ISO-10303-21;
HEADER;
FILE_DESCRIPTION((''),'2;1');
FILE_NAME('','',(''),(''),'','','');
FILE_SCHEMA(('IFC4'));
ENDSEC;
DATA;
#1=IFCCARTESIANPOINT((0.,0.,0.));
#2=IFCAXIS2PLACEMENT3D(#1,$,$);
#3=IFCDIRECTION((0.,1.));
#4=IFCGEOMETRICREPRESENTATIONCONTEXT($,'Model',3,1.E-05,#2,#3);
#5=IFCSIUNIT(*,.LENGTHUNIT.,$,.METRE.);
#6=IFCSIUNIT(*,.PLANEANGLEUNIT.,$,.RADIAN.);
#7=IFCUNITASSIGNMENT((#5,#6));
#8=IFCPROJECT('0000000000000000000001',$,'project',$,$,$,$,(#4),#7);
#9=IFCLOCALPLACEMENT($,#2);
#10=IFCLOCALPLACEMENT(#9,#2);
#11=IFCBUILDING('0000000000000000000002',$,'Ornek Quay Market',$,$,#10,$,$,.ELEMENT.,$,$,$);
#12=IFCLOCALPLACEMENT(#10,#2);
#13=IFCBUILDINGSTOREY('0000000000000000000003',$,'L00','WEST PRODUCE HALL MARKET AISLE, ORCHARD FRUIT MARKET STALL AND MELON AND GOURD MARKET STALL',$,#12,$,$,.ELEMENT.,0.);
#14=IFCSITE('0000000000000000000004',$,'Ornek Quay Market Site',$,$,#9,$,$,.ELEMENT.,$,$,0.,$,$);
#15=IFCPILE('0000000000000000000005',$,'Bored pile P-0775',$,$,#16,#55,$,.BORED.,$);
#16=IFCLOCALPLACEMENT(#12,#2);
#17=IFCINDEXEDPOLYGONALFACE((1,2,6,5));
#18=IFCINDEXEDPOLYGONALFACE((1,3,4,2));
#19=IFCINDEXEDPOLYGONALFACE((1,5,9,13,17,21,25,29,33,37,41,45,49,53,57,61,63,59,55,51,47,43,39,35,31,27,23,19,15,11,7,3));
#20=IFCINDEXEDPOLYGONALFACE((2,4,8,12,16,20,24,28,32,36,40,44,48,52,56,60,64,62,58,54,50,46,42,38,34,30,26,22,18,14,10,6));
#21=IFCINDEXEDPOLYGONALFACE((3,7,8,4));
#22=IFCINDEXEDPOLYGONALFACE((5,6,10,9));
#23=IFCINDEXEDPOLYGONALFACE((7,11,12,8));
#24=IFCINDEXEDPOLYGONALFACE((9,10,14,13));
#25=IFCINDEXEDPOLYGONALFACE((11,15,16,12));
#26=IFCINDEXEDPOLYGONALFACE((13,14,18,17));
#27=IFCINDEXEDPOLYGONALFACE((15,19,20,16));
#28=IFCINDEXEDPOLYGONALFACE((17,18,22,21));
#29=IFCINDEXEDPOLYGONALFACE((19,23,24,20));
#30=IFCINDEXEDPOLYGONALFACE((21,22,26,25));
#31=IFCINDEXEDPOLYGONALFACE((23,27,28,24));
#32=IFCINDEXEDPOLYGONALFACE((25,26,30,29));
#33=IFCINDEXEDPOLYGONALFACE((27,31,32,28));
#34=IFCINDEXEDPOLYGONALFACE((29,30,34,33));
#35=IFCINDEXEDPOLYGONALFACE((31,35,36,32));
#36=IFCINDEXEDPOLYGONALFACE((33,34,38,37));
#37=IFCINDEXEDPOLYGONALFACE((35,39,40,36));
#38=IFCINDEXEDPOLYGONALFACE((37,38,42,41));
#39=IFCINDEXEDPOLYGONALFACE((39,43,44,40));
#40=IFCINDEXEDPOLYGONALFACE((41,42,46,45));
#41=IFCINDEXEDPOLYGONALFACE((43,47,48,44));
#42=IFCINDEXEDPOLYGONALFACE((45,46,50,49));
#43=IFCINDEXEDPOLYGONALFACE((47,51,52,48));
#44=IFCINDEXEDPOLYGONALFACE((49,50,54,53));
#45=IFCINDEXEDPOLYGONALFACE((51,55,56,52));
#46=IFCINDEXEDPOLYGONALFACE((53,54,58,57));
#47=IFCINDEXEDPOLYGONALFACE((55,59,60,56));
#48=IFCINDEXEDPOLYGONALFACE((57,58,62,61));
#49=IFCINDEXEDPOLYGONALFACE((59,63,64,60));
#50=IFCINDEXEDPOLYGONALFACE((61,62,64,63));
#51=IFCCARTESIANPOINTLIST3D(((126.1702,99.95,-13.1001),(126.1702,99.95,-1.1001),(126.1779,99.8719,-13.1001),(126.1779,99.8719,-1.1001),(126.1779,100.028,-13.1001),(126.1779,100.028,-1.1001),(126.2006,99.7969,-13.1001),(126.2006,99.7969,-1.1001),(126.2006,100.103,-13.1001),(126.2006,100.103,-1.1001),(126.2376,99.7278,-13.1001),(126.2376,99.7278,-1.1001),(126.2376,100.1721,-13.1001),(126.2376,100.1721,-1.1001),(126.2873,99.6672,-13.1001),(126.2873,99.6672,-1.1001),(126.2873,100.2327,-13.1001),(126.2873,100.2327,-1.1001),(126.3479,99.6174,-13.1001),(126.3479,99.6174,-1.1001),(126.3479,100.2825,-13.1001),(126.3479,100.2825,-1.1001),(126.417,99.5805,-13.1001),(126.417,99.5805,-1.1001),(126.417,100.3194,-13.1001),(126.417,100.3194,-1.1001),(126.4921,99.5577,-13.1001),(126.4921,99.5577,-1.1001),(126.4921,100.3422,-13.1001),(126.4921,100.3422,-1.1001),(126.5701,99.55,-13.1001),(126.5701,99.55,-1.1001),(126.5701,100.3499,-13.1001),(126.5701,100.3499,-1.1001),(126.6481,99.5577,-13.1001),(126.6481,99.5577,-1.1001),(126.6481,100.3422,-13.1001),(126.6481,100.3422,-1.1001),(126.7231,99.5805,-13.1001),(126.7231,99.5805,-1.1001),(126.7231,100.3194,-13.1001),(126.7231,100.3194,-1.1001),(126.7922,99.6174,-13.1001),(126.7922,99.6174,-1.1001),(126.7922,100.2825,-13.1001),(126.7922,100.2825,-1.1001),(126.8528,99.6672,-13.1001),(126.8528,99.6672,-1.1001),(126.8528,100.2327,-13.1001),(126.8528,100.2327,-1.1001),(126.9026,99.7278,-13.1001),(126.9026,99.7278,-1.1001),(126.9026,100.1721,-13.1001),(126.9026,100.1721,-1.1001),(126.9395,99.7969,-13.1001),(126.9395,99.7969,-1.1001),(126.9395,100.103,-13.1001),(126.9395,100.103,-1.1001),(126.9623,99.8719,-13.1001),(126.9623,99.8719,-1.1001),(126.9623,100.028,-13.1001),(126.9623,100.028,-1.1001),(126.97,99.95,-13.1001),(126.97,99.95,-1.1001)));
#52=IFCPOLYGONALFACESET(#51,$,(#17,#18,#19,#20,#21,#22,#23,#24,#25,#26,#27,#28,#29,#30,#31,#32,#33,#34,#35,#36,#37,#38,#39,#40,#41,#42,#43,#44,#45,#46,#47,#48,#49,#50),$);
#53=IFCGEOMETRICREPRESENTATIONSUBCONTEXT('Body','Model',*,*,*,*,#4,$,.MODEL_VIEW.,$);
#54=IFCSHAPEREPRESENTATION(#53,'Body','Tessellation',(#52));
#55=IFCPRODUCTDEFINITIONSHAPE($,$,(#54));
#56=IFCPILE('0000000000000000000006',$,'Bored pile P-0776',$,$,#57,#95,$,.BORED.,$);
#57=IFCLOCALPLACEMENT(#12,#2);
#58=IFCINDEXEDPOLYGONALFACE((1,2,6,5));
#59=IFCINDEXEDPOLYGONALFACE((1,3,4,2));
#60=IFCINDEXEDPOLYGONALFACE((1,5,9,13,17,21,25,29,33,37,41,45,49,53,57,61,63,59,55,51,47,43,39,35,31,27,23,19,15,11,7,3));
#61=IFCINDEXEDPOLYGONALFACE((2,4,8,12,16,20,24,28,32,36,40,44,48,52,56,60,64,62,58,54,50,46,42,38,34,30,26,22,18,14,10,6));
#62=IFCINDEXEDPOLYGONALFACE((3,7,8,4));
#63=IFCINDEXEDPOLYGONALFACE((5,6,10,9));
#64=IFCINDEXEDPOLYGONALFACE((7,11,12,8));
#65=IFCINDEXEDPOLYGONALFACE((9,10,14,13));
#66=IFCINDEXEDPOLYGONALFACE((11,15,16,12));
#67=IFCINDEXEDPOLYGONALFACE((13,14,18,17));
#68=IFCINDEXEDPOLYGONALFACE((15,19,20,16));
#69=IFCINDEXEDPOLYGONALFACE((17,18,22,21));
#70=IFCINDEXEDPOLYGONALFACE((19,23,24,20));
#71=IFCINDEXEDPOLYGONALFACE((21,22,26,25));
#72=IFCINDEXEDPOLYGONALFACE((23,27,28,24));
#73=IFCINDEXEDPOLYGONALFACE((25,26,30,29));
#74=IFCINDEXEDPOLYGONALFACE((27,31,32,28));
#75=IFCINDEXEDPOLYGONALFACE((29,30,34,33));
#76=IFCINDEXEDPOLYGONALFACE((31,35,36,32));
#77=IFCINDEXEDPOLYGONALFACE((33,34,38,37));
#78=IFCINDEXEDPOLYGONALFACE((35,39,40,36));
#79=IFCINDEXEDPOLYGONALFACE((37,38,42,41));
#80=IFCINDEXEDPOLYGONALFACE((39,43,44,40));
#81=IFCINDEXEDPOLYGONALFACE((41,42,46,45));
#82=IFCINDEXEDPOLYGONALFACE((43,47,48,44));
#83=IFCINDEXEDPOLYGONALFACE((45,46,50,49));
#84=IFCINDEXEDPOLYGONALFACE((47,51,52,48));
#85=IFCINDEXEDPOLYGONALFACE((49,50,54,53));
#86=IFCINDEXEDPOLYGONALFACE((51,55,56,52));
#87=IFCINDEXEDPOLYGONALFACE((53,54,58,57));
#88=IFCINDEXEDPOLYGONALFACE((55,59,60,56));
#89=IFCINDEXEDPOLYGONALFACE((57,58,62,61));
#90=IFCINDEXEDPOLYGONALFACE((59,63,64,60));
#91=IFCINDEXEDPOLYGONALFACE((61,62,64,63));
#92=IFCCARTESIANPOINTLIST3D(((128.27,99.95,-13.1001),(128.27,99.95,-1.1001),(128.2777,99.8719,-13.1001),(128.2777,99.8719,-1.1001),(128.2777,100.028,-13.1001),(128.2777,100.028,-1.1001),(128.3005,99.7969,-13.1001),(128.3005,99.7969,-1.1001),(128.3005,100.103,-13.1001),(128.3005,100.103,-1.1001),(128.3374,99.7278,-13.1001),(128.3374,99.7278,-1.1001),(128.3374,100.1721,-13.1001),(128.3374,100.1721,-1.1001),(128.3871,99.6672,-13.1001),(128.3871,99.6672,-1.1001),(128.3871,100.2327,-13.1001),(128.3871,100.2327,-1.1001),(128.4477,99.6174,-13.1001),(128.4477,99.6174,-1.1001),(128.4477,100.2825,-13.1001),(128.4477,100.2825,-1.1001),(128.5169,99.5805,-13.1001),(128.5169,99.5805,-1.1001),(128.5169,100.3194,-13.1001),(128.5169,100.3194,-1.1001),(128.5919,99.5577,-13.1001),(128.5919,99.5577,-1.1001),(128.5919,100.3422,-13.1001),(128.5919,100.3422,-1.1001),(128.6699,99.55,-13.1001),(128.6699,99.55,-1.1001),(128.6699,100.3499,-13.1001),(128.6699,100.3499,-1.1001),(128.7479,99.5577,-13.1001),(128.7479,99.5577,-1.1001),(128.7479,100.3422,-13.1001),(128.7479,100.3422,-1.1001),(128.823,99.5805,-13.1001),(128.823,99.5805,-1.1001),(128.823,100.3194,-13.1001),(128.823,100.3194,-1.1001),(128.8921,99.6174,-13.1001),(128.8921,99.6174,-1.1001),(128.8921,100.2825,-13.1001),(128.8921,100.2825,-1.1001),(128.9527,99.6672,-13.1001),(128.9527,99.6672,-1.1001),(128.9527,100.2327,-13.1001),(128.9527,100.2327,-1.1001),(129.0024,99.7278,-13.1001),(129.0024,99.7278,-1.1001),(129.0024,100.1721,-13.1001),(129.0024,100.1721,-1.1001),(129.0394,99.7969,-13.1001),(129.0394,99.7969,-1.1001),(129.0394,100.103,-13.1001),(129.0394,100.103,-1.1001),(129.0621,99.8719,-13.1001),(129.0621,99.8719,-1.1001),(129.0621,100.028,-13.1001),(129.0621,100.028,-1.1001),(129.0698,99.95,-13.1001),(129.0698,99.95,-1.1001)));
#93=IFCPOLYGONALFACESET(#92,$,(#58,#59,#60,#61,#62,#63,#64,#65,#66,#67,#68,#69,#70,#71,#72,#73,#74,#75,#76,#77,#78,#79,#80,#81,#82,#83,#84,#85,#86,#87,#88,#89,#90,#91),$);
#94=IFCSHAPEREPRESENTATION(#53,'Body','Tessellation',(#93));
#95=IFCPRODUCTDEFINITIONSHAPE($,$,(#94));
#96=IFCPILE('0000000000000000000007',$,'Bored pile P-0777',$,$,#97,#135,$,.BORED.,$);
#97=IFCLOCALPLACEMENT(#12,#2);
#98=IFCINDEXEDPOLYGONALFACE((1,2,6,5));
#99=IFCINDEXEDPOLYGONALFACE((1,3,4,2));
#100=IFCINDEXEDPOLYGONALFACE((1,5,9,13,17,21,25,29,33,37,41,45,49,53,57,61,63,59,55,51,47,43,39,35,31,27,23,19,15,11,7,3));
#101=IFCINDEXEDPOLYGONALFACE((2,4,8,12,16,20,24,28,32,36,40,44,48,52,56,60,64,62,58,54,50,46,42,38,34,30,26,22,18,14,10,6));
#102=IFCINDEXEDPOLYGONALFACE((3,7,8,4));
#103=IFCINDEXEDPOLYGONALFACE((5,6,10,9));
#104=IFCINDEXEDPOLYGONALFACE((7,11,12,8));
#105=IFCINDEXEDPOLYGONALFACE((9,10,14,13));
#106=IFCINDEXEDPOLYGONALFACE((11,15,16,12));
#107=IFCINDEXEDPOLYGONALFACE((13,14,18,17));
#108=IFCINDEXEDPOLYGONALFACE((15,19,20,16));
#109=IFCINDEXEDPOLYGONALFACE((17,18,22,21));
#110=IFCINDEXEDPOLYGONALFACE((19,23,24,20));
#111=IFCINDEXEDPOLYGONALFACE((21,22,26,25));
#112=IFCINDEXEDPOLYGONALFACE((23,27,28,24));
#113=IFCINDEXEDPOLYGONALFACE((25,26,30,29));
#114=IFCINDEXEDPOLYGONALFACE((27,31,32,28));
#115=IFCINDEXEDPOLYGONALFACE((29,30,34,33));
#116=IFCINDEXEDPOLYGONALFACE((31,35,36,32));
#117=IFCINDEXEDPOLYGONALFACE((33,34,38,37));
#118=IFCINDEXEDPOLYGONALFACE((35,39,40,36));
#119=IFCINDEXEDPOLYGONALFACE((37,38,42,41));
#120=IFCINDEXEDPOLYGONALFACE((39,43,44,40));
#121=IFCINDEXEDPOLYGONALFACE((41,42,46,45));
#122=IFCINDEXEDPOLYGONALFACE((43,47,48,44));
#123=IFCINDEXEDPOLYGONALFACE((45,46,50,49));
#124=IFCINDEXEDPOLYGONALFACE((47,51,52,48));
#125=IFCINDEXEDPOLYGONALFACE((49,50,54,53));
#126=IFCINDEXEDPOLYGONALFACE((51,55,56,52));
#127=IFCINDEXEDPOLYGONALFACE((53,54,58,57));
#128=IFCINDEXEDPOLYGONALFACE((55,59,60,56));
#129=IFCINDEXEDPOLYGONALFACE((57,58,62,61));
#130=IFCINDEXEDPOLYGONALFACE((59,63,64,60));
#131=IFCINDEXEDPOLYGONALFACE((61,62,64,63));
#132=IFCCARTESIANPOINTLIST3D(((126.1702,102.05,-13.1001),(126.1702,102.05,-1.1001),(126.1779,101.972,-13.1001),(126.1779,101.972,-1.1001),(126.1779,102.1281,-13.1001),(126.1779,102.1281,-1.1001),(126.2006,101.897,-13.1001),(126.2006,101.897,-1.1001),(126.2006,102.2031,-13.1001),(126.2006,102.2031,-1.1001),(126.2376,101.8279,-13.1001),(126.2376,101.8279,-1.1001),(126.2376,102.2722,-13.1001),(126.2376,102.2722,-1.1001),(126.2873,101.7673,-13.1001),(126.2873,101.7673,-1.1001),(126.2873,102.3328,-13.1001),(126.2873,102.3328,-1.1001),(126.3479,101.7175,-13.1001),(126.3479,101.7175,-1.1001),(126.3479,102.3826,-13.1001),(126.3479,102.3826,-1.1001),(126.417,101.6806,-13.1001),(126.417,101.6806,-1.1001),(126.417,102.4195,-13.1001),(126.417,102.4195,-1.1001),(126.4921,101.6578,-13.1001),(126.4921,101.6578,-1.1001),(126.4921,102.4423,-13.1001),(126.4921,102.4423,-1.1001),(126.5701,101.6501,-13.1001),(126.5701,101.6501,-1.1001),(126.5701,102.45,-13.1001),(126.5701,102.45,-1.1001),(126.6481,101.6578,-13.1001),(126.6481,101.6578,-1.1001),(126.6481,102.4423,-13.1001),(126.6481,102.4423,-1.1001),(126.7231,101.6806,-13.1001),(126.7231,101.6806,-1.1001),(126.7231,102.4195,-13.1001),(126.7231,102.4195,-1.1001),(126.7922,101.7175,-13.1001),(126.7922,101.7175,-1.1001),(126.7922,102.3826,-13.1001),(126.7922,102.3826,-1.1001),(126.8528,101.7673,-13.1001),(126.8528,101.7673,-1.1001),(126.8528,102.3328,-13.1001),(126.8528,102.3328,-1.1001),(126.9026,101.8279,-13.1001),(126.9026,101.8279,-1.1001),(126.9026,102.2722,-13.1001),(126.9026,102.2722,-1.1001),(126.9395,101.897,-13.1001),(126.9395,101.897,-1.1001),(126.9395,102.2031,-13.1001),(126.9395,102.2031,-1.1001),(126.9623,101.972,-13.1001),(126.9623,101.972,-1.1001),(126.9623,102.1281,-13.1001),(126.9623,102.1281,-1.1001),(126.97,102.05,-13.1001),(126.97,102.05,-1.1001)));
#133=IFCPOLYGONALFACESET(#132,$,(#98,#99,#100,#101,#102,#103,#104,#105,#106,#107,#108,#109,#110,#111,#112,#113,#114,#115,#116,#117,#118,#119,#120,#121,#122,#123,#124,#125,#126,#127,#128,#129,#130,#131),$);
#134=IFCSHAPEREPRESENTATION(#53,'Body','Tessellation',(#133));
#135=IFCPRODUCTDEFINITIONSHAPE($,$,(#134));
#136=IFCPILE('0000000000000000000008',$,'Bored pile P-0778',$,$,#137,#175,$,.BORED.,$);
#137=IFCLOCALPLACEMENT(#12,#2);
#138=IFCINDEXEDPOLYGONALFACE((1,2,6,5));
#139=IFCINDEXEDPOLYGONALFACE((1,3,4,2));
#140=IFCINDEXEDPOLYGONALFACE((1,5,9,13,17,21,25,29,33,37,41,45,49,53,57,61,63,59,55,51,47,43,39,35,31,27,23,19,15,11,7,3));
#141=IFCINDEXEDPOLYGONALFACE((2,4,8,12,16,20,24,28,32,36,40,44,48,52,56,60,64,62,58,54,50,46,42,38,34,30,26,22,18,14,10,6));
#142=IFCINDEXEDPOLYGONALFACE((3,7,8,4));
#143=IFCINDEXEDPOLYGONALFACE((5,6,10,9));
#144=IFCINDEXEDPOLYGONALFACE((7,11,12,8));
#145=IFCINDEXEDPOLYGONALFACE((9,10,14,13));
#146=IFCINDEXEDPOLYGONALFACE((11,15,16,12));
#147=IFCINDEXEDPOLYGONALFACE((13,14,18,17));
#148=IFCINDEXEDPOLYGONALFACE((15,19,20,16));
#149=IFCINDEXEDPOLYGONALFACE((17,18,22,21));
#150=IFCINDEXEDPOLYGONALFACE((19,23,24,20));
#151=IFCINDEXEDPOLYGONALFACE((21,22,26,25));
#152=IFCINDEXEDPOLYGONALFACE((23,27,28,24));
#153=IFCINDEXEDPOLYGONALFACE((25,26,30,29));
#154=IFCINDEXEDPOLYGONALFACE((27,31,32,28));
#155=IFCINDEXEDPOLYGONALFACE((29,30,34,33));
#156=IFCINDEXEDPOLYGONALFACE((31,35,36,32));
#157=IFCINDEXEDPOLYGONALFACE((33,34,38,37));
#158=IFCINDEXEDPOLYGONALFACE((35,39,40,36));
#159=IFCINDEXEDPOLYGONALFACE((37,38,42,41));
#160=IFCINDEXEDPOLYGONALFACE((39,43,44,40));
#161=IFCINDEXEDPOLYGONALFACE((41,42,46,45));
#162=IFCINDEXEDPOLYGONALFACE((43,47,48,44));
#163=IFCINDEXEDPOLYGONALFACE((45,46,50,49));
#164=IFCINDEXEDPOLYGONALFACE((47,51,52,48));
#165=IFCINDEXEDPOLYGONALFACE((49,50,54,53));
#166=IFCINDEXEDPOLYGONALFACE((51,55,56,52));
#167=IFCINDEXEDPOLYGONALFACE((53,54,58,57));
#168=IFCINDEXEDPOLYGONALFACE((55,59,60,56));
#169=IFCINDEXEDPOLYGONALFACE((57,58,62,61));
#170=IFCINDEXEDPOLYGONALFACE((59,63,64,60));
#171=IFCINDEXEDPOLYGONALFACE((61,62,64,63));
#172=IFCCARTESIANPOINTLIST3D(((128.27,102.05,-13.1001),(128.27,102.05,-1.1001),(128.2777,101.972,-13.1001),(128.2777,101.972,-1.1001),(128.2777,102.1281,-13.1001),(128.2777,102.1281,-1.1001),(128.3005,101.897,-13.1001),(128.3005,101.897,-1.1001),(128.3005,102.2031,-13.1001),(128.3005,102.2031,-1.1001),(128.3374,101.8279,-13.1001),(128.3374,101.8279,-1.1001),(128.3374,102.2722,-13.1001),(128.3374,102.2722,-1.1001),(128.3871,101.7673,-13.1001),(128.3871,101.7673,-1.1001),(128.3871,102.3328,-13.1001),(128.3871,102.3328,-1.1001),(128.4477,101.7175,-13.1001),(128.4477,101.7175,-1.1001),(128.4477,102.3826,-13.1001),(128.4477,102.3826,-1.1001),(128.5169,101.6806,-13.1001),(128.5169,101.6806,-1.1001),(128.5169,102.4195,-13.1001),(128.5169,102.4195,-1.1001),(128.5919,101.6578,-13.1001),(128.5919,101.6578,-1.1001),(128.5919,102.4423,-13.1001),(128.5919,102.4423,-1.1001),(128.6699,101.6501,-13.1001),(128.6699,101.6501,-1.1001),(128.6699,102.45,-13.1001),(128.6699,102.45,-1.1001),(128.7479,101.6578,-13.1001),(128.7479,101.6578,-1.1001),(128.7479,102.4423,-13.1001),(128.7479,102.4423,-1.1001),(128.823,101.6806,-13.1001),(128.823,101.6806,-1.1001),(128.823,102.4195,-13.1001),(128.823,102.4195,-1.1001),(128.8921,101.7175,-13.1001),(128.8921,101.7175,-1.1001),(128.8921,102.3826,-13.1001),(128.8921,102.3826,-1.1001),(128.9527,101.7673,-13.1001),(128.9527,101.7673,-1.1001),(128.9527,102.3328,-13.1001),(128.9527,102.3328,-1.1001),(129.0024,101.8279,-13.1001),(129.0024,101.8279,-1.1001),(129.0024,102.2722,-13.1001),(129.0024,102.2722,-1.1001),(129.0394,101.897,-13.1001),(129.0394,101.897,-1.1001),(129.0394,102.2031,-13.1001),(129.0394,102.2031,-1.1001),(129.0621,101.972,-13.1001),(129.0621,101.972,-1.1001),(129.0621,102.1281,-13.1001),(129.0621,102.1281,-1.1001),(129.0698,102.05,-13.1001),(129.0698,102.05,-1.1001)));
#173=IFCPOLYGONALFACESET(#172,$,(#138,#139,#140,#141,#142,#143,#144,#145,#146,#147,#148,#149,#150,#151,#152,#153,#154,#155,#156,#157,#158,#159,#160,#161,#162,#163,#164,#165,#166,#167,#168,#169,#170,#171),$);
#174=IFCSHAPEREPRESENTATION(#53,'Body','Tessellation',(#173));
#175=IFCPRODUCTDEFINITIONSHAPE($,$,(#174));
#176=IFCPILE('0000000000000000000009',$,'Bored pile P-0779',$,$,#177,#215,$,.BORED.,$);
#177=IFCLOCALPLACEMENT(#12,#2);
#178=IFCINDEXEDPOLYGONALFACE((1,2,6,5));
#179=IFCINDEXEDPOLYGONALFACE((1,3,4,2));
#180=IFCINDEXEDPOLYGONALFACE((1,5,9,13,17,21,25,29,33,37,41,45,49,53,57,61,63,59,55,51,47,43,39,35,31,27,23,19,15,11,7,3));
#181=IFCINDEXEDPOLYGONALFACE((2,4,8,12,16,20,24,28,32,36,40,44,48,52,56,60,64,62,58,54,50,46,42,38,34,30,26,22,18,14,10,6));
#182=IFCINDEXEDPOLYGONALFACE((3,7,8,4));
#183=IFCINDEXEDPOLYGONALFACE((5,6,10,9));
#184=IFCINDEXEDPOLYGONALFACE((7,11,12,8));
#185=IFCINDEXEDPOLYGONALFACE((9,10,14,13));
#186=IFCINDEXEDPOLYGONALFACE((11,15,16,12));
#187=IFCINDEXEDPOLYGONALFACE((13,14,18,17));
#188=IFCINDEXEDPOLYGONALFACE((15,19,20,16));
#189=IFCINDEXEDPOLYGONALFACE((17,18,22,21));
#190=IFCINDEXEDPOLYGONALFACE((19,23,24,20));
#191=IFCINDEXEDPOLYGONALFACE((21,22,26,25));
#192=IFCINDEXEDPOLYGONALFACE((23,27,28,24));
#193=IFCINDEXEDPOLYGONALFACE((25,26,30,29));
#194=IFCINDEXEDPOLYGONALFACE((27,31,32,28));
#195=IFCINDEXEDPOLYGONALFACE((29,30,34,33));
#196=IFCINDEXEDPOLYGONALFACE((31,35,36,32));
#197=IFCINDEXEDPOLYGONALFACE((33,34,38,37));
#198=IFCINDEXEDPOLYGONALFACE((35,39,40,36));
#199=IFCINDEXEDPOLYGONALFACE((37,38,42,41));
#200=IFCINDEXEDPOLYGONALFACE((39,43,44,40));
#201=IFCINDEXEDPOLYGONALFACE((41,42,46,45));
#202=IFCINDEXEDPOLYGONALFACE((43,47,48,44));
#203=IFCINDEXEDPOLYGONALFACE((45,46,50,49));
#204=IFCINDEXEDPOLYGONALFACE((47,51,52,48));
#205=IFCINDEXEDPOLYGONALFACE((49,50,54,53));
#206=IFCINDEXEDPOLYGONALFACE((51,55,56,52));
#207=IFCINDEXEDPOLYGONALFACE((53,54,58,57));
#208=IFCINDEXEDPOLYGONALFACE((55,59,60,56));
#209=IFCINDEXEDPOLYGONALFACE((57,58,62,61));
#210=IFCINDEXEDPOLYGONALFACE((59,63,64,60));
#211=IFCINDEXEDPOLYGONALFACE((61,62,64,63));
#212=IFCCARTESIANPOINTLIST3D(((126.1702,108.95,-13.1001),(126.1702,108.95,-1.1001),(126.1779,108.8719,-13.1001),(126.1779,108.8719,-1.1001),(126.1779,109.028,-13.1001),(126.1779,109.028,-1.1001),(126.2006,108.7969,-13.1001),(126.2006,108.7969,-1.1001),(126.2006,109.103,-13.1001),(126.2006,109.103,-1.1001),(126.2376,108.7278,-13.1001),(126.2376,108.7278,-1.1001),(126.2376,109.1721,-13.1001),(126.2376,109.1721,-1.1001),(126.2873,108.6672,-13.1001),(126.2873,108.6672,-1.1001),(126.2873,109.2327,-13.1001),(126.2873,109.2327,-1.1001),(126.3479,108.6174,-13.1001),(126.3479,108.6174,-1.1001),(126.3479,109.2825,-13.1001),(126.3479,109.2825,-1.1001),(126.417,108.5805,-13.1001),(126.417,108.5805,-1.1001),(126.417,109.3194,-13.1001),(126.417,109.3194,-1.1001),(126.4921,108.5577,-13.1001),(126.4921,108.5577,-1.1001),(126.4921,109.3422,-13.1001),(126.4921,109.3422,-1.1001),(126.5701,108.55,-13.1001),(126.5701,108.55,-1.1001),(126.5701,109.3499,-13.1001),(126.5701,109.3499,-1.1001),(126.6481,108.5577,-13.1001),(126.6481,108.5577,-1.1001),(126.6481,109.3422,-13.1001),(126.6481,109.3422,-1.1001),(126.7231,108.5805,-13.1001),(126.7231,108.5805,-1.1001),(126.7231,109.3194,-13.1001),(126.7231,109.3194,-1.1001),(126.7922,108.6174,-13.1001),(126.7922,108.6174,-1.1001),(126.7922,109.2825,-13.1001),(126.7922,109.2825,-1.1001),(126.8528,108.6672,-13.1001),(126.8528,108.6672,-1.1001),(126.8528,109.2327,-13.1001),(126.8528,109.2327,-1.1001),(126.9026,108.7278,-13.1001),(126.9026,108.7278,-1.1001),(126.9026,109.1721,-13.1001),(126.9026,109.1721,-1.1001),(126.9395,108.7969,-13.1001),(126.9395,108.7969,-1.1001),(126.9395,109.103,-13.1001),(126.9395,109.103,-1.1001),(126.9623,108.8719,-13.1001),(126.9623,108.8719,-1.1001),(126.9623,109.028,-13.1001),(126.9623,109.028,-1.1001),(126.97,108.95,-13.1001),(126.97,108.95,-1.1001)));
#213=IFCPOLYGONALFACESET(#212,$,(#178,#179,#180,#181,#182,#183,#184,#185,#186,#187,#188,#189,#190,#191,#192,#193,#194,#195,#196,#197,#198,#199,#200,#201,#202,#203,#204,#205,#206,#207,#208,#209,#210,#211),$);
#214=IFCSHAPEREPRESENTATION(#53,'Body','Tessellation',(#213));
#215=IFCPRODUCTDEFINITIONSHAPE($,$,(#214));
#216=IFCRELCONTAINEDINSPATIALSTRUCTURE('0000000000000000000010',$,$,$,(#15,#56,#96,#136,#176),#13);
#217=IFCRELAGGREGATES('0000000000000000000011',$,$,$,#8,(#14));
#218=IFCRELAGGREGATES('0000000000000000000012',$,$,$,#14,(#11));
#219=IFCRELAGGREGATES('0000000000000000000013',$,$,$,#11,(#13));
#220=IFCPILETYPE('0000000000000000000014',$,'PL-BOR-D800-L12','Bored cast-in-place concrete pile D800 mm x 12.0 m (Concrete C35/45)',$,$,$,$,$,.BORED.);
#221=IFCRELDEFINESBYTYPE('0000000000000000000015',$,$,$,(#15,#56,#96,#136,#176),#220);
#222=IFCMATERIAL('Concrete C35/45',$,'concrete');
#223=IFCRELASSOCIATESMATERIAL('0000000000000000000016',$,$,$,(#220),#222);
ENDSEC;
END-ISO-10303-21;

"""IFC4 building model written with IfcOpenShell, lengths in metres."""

from ifc_helpers import new_model, si_unit, direction, frame, origin, origin_2d, place, context, subcontext, project, spatial, circle, extrude, material, material_profile, profile_set, type_object, element, save


model = new_model("IFC4")

# Units and contexts
model_context = context("Model", 3, precision=1e-05, world=origin(), true_north=direction((0.0, 1.0)))
body_context = subcontext(model_context, "Body", "Model", "MODEL_VIEW")
ifc_project = project(units=[si_unit("LENGTHUNIT", "METRE"), si_unit("PLANEANGLEUNIT", "RADIAN")], contexts=[model_context])

# Site, building, storey
site_placement = place(None, origin())
site = spatial("IfcSite", under=ifc_project, at=site_placement, Name="Ornek Quay Market Site", CompositionType="ELEMENT", RefElevation=0.0)
building_placement = place(site_placement, origin())
building = spatial("IfcBuilding", under=site, at=building_placement, Name="Ornek Quay Market", CompositionType="ELEMENT")
storey_placement = place(building_placement, origin())
storey = spatial("IfcBuildingStorey", under=building, at=storey_placement, Name="L00", Description="WEST PRODUCE HALL MARKET AISLE, ORCHARD FRUIT MARKET STALL AND MELON AND GOURD MARKET STALL", CompositionType="ELEMENT", Elevation=0.0)

# Piles
ifc_material_1 = material(Name="Concrete C35/45", Category="concrete")
ifc_material_profile_1 = material_profile(ifc_material_1, circle(Radius=0.3999, at=origin_2d()), Name="PILE D800", Category="concrete")
ifc_profile_set_1 = profile_set([ifc_material_profile_1], Name="Concrete C35/45")
pile_type = type_object("IfcPileType", Name="PL-BOR-D800-L12", Description="Bored cast-in-place concrete pile D800 mm x 12.0 m (Concrete C35/45)", PredefinedType="BORED", material=ifc_profile_set_1)
for number, where, z_axis, x_axis, name in (
    (1, (126.5701, 99.95, -1.1001), (0.0, 0.0, -1.0), (1.0, 0.0, 0.0), "Bored pile P-0775"),
    (2, (128.6699, 99.95, -1.1001), (0.0, 0.0, -1.0), (1.0, 0.0, 0.0), "Bored pile P-0776"),
    (3, (126.5701, 102.05, -1.1001), (0.0, 0.0, -1.0), (1.0, 0.0, 0.0), "Bored pile P-0777"),
    (4, (128.6699, 102.05, -1.1001), (0.0, 0.0, -1.0), (1.0, 0.0, 0.0), "Bored pile P-0778"),
    (5, (126.5701, 108.95, -1.1001), (0.0, 0.0, -1.0), (1.0, 0.0, 0.0), "Bored pile P-0779"),
):
    element("IfcPile", number, at=place(storey_placement, frame(where, z_axis=z_axis, x_axis=x_axis)), inside=storey, type_object=pile_type, Name=name, PredefinedType="BORED", context=body_context, shape_type="SweptSolid", body=[
        extrude(circle(Radius=0.3999, at=origin_2d()), origin(), (0.0, 0.0, 1.0), 12.0),
    ])

save(model, "model.ifc")
